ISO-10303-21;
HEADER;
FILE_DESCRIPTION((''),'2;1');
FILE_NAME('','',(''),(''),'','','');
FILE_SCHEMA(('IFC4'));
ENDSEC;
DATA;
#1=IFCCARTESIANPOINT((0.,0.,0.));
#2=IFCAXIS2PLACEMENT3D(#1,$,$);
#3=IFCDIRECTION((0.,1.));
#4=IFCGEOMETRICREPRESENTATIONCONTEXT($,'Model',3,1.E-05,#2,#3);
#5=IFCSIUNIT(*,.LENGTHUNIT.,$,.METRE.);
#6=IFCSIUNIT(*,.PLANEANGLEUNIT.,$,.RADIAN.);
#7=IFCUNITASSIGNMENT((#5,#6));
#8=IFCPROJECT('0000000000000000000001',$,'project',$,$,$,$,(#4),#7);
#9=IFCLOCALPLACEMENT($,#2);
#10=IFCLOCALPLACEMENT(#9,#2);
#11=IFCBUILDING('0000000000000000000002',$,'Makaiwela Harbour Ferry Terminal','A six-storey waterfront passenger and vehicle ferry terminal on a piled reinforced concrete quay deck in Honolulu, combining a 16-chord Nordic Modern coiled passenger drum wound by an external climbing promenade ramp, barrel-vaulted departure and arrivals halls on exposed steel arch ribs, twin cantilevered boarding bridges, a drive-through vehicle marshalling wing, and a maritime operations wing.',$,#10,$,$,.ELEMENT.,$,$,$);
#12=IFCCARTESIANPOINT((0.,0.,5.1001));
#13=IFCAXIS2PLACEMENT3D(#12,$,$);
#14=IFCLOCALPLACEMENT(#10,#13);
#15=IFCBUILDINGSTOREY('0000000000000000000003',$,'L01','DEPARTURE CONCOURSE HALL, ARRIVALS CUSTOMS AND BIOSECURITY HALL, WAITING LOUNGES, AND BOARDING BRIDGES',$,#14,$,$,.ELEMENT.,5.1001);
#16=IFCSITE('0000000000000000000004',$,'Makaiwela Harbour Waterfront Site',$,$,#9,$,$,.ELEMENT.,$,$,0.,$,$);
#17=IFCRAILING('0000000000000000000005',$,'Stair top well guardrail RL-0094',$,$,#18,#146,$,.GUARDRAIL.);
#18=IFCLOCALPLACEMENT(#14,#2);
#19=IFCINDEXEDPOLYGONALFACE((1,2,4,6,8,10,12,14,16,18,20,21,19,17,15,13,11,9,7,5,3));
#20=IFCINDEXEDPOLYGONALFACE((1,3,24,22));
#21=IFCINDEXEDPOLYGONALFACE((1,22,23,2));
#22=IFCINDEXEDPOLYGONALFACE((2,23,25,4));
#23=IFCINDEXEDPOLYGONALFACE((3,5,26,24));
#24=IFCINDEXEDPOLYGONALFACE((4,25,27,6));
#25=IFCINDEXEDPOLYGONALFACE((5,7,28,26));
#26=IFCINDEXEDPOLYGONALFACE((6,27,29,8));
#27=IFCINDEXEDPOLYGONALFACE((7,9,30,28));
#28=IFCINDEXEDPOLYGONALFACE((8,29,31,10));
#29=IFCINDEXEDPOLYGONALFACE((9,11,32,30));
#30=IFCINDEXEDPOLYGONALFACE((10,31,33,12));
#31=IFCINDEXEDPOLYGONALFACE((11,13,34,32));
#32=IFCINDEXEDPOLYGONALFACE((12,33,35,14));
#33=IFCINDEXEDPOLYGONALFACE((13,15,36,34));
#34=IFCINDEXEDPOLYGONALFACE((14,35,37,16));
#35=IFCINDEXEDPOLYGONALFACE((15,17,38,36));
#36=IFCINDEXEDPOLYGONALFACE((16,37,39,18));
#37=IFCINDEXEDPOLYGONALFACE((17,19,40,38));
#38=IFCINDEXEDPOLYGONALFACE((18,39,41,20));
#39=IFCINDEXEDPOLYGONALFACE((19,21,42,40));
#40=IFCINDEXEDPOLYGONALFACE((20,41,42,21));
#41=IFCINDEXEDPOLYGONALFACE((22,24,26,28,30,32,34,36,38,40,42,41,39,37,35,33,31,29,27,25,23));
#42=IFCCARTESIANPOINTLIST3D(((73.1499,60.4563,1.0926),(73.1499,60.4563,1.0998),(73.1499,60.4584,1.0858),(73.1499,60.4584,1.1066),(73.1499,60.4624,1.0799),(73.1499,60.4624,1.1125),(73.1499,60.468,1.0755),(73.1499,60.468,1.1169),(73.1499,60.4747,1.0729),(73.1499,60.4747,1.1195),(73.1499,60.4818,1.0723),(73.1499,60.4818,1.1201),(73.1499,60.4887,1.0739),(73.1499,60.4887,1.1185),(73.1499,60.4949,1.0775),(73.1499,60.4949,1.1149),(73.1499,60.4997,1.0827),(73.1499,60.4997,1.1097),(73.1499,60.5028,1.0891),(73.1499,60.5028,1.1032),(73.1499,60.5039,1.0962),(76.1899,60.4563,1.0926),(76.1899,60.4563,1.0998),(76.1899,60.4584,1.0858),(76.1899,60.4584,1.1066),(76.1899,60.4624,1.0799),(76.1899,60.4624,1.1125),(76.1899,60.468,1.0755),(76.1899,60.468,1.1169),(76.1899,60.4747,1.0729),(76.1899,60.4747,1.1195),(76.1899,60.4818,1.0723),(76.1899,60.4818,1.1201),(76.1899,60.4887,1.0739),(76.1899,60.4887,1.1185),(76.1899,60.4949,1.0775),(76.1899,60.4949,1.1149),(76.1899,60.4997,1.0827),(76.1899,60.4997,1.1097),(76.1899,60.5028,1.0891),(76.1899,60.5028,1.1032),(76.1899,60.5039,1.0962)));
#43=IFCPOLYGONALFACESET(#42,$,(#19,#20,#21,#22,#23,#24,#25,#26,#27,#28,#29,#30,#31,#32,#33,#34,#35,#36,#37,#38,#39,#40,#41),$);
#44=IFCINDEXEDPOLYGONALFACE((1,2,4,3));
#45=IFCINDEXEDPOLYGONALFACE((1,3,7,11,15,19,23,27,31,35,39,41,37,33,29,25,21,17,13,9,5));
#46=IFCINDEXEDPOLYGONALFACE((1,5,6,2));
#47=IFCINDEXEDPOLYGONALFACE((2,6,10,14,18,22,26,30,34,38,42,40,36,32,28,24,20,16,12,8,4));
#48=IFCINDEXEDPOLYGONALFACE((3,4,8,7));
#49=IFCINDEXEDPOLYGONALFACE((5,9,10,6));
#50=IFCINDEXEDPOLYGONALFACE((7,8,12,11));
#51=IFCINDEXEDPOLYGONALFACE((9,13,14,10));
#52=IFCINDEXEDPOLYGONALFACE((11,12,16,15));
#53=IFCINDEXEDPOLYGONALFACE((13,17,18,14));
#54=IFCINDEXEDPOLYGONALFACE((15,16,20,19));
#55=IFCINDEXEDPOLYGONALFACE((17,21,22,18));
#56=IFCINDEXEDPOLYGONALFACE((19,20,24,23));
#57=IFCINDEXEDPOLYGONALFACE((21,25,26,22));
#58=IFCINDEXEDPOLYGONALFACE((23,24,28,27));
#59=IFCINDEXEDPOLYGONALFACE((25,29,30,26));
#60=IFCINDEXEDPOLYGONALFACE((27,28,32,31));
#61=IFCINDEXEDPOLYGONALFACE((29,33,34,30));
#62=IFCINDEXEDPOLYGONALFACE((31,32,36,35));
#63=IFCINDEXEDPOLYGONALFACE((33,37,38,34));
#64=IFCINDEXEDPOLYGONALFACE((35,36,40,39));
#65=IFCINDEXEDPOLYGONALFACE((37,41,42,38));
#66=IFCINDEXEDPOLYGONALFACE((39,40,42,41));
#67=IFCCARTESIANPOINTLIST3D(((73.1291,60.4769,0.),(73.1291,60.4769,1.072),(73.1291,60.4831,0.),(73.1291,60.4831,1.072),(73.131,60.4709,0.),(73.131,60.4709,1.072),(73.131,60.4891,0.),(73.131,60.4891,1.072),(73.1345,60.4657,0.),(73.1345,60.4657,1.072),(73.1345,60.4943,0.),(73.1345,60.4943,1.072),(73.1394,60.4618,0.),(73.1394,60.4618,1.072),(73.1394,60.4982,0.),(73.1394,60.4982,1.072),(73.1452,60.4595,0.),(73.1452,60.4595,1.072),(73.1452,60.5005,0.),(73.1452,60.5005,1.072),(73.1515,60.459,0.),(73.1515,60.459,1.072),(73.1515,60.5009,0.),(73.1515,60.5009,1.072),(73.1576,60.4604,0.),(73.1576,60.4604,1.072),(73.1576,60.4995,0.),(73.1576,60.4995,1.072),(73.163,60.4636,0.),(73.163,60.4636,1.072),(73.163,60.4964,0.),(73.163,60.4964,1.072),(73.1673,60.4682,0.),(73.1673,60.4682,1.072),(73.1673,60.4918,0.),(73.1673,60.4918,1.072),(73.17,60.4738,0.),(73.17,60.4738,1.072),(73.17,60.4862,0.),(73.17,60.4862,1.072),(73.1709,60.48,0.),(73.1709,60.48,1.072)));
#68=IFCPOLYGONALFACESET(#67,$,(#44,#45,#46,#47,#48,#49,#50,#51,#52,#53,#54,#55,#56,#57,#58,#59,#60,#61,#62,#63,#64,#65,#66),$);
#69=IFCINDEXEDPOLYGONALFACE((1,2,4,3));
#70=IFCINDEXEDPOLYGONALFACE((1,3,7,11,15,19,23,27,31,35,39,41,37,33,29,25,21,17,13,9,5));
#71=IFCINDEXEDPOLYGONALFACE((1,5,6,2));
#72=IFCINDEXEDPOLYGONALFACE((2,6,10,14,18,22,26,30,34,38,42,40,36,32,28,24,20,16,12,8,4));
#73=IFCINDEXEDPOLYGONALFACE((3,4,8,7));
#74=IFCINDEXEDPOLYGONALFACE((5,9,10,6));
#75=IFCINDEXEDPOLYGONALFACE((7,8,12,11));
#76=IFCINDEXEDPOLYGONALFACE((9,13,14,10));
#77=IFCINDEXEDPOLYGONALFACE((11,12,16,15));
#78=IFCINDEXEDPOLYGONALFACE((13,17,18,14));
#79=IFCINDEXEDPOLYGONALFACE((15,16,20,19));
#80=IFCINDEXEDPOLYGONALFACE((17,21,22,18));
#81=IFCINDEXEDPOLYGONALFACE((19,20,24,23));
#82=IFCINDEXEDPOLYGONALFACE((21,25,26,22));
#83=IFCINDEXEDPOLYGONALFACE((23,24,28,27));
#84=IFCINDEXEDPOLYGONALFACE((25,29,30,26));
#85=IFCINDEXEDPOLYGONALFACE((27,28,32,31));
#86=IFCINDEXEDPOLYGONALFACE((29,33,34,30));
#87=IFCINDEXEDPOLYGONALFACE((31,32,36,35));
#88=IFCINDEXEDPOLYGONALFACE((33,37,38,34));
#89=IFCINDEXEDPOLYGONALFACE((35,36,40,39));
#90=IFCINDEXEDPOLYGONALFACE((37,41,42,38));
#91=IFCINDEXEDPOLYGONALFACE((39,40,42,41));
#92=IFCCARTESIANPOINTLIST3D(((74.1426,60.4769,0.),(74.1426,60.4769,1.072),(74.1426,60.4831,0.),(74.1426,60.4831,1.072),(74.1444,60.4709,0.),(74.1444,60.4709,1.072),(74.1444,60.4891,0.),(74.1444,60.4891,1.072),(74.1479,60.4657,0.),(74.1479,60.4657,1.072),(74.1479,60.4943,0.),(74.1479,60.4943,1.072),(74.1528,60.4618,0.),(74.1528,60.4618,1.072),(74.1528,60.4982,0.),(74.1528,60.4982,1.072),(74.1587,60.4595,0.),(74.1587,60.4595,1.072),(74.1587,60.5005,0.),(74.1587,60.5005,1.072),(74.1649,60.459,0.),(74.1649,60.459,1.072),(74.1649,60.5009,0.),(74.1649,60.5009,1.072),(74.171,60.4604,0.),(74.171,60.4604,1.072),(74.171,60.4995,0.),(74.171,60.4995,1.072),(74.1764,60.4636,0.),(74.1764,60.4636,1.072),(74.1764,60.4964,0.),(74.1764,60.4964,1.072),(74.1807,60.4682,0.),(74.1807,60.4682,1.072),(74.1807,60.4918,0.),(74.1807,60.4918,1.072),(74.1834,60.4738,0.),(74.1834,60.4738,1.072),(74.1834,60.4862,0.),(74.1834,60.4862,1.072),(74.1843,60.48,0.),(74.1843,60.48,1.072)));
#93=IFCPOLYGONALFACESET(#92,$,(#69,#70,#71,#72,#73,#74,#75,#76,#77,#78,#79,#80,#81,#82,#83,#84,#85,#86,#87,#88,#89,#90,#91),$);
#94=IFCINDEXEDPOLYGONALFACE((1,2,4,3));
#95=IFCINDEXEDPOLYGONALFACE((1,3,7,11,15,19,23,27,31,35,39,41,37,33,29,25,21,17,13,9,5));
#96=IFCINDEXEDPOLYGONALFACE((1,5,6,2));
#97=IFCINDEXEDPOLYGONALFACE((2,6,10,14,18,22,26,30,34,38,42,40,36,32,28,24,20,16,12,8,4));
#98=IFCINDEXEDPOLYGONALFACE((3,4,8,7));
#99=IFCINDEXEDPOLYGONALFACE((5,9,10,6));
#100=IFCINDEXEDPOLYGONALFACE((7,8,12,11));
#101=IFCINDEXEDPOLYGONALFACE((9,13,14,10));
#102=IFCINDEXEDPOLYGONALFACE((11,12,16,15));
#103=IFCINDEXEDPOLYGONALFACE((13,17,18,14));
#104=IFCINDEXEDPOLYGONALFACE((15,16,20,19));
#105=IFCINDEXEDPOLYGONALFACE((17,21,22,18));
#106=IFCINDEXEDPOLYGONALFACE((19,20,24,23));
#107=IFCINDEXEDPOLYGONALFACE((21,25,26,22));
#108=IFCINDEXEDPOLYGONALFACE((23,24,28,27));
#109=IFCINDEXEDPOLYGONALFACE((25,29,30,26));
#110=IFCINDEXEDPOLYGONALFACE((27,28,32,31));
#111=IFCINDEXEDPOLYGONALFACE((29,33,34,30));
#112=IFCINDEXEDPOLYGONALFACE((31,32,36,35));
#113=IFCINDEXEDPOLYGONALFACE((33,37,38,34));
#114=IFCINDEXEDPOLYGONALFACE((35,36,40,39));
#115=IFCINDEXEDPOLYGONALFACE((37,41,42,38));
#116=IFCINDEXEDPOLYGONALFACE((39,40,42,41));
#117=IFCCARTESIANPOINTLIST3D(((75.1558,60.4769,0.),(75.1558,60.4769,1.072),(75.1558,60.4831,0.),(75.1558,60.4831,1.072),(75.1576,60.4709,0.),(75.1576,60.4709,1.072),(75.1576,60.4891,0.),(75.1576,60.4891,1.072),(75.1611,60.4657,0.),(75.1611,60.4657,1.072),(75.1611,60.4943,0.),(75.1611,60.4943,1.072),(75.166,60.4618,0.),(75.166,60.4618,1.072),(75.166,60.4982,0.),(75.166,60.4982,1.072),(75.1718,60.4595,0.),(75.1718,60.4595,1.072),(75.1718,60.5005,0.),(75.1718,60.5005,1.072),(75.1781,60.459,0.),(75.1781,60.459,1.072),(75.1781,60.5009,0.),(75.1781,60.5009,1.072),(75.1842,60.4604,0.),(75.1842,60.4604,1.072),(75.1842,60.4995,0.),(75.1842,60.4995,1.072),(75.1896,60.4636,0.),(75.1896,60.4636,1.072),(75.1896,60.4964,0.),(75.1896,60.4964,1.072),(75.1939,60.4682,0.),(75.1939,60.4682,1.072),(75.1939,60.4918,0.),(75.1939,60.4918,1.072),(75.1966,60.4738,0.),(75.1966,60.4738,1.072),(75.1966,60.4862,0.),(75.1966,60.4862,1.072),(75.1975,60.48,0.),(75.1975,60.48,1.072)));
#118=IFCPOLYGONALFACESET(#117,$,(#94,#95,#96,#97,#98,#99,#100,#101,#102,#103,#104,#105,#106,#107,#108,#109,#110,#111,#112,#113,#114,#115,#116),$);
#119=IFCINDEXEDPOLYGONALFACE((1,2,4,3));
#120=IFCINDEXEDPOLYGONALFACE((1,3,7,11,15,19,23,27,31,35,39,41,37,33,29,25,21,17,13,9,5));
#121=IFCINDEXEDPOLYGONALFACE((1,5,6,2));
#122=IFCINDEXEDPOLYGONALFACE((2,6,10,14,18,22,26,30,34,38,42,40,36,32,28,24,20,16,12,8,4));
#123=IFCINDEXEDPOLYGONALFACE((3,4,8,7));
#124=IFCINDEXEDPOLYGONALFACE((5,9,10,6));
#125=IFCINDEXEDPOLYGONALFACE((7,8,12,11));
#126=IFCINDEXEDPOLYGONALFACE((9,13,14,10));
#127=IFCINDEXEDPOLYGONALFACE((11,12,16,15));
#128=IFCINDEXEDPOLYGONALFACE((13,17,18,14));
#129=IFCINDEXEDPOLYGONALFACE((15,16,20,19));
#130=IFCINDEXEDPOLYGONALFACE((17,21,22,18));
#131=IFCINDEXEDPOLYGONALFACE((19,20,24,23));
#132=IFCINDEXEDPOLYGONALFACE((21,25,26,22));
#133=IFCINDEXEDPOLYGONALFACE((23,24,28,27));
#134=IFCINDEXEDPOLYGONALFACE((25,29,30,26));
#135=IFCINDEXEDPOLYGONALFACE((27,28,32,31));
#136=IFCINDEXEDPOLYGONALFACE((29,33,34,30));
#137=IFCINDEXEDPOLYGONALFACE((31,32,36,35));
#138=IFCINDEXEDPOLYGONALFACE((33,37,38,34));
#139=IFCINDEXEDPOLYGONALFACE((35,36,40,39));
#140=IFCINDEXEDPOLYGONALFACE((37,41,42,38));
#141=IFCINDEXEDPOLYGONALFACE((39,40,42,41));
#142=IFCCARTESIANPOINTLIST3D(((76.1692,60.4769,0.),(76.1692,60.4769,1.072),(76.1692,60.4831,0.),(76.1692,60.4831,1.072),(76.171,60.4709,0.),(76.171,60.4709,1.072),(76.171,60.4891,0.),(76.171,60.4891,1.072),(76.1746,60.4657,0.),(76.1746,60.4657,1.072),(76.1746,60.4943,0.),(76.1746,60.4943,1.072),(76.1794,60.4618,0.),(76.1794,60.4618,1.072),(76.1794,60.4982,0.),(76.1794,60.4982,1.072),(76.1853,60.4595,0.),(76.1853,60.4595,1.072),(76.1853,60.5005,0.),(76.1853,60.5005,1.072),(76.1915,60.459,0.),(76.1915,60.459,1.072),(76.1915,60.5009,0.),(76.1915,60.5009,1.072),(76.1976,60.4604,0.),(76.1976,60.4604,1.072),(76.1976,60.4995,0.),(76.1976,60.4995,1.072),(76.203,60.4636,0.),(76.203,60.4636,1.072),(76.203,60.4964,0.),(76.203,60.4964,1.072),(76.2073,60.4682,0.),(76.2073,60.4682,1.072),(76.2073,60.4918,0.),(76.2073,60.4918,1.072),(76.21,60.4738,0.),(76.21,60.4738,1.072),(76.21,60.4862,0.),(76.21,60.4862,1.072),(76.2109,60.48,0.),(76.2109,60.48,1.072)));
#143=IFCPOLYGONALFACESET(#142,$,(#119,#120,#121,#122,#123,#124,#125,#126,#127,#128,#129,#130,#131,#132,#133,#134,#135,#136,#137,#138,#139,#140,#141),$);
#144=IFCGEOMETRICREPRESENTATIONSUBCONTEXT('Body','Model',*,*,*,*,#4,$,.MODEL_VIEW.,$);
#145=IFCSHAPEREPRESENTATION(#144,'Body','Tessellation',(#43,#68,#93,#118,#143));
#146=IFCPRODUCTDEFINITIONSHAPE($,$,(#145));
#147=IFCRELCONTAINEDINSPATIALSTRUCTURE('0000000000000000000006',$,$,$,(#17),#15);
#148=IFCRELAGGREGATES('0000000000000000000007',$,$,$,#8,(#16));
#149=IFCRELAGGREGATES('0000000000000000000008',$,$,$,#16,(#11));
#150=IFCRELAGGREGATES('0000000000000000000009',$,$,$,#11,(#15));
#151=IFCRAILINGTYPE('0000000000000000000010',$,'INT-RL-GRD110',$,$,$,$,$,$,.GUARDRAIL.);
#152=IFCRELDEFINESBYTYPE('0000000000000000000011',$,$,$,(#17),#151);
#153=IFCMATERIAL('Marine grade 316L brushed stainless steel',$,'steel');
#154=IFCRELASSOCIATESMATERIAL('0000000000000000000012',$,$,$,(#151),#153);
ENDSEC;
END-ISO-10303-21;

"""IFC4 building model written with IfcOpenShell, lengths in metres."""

from ifc_helpers import new_model, si_unit, direction, frame, origin, origin_2d, place, context, subcontext, project, spatial, circle, extrude, material, type_object, element, save


model = new_model("IFC4")

# Units and contexts
model_context = context("Model", 3, precision=1e-05, world=origin(), true_north=direction((0.0, 1.0)))
body_context = subcontext(model_context, "Body", "Model", "MODEL_VIEW")
ifc_project = project(units=[si_unit("LENGTHUNIT", "METRE"), si_unit("PLANEANGLEUNIT", "RADIAN")], contexts=[model_context])

# Site, building, storey
site_placement = place(None, origin())
site = spatial("IfcSite", under=ifc_project, at=site_placement, Name="Makaiwela Harbour Waterfront Site", CompositionType="ELEMENT", RefElevation=0.0)
building_placement = place(site_placement, origin())
building = spatial("IfcBuilding", under=site, at=building_placement, Name="Makaiwela Harbour Ferry Terminal", Description="A six-storey waterfront passenger and vehicle ferry terminal on a piled reinforced concrete quay deck in Honolulu, combining a 16-chord Nordic Modern coiled passenger drum wound by an external climbing promenade ramp, barrel-vaulted departure and arrivals halls on exposed steel arch ribs, twin cantilevered boarding bridges, a drive-through vehicle marshalling wing, and a maritime operations wing.", CompositionType="ELEMENT")
storey_placement = place(building_placement, frame((0.0, 0.0, 5.1001)))
storey = spatial("IfcBuildingStorey", under=building, at=storey_placement, Name="L01", Description="DEPARTURE CONCOURSE HALL, ARRIVALS CUSTOMS AND BIOSECURITY HALL, WAITING LOUNGES, AND BOARDING BRIDGES", CompositionType="ELEMENT", Elevation=5.1001)

# Railing
ifc_material_1 = material(Name="Marine grade 316L brushed stainless steel", Category="steel")
railing_type = type_object("IfcRailingType", Name="INT-RL-GRD110", PredefinedType="GUARDRAIL", material=ifc_material_1)
railing_1_placement = place(storey_placement, frame((73.1499, 60.48, 0.0)))
element("IfcRailing", 1, at=railing_1_placement, inside=storey, type_object=railing_type, Name="Stair top well guardrail RL-0094", PredefinedType="GUARDRAIL", context=body_context, shape_type="SweptSolid", body=[
    extrude(circle(Radius=0.0239, at=origin_2d()), frame((0.0, 0.0, 1.0962), z_axis=(1.0, 0.0, 0.0), x_axis=(0.0, 1.0, 0.0)), (0.0, 0.0, 1.0), 3.04),
    extrude(circle(Radius=0.021, at=origin_2d()), origin(), (0.0, 0.0, 1.0), 1.072),
    extrude(circle(Radius=0.021, at=origin_2d()), frame((1.0134, 0.0, 0.0)), (0.0, 0.0, 1.0), 1.072),
    extrude(circle(Radius=0.021, at=origin_2d()), frame((2.0266, 0.0, 0.0)), (0.0, 0.0, 1.0), 1.072),
    extrude(circle(Radius=0.021, at=origin_2d()), frame((3.04, 0.0, 0.0)), (0.0, 0.0, 1.0), 1.072),
])

save(model, "model.ifc")
